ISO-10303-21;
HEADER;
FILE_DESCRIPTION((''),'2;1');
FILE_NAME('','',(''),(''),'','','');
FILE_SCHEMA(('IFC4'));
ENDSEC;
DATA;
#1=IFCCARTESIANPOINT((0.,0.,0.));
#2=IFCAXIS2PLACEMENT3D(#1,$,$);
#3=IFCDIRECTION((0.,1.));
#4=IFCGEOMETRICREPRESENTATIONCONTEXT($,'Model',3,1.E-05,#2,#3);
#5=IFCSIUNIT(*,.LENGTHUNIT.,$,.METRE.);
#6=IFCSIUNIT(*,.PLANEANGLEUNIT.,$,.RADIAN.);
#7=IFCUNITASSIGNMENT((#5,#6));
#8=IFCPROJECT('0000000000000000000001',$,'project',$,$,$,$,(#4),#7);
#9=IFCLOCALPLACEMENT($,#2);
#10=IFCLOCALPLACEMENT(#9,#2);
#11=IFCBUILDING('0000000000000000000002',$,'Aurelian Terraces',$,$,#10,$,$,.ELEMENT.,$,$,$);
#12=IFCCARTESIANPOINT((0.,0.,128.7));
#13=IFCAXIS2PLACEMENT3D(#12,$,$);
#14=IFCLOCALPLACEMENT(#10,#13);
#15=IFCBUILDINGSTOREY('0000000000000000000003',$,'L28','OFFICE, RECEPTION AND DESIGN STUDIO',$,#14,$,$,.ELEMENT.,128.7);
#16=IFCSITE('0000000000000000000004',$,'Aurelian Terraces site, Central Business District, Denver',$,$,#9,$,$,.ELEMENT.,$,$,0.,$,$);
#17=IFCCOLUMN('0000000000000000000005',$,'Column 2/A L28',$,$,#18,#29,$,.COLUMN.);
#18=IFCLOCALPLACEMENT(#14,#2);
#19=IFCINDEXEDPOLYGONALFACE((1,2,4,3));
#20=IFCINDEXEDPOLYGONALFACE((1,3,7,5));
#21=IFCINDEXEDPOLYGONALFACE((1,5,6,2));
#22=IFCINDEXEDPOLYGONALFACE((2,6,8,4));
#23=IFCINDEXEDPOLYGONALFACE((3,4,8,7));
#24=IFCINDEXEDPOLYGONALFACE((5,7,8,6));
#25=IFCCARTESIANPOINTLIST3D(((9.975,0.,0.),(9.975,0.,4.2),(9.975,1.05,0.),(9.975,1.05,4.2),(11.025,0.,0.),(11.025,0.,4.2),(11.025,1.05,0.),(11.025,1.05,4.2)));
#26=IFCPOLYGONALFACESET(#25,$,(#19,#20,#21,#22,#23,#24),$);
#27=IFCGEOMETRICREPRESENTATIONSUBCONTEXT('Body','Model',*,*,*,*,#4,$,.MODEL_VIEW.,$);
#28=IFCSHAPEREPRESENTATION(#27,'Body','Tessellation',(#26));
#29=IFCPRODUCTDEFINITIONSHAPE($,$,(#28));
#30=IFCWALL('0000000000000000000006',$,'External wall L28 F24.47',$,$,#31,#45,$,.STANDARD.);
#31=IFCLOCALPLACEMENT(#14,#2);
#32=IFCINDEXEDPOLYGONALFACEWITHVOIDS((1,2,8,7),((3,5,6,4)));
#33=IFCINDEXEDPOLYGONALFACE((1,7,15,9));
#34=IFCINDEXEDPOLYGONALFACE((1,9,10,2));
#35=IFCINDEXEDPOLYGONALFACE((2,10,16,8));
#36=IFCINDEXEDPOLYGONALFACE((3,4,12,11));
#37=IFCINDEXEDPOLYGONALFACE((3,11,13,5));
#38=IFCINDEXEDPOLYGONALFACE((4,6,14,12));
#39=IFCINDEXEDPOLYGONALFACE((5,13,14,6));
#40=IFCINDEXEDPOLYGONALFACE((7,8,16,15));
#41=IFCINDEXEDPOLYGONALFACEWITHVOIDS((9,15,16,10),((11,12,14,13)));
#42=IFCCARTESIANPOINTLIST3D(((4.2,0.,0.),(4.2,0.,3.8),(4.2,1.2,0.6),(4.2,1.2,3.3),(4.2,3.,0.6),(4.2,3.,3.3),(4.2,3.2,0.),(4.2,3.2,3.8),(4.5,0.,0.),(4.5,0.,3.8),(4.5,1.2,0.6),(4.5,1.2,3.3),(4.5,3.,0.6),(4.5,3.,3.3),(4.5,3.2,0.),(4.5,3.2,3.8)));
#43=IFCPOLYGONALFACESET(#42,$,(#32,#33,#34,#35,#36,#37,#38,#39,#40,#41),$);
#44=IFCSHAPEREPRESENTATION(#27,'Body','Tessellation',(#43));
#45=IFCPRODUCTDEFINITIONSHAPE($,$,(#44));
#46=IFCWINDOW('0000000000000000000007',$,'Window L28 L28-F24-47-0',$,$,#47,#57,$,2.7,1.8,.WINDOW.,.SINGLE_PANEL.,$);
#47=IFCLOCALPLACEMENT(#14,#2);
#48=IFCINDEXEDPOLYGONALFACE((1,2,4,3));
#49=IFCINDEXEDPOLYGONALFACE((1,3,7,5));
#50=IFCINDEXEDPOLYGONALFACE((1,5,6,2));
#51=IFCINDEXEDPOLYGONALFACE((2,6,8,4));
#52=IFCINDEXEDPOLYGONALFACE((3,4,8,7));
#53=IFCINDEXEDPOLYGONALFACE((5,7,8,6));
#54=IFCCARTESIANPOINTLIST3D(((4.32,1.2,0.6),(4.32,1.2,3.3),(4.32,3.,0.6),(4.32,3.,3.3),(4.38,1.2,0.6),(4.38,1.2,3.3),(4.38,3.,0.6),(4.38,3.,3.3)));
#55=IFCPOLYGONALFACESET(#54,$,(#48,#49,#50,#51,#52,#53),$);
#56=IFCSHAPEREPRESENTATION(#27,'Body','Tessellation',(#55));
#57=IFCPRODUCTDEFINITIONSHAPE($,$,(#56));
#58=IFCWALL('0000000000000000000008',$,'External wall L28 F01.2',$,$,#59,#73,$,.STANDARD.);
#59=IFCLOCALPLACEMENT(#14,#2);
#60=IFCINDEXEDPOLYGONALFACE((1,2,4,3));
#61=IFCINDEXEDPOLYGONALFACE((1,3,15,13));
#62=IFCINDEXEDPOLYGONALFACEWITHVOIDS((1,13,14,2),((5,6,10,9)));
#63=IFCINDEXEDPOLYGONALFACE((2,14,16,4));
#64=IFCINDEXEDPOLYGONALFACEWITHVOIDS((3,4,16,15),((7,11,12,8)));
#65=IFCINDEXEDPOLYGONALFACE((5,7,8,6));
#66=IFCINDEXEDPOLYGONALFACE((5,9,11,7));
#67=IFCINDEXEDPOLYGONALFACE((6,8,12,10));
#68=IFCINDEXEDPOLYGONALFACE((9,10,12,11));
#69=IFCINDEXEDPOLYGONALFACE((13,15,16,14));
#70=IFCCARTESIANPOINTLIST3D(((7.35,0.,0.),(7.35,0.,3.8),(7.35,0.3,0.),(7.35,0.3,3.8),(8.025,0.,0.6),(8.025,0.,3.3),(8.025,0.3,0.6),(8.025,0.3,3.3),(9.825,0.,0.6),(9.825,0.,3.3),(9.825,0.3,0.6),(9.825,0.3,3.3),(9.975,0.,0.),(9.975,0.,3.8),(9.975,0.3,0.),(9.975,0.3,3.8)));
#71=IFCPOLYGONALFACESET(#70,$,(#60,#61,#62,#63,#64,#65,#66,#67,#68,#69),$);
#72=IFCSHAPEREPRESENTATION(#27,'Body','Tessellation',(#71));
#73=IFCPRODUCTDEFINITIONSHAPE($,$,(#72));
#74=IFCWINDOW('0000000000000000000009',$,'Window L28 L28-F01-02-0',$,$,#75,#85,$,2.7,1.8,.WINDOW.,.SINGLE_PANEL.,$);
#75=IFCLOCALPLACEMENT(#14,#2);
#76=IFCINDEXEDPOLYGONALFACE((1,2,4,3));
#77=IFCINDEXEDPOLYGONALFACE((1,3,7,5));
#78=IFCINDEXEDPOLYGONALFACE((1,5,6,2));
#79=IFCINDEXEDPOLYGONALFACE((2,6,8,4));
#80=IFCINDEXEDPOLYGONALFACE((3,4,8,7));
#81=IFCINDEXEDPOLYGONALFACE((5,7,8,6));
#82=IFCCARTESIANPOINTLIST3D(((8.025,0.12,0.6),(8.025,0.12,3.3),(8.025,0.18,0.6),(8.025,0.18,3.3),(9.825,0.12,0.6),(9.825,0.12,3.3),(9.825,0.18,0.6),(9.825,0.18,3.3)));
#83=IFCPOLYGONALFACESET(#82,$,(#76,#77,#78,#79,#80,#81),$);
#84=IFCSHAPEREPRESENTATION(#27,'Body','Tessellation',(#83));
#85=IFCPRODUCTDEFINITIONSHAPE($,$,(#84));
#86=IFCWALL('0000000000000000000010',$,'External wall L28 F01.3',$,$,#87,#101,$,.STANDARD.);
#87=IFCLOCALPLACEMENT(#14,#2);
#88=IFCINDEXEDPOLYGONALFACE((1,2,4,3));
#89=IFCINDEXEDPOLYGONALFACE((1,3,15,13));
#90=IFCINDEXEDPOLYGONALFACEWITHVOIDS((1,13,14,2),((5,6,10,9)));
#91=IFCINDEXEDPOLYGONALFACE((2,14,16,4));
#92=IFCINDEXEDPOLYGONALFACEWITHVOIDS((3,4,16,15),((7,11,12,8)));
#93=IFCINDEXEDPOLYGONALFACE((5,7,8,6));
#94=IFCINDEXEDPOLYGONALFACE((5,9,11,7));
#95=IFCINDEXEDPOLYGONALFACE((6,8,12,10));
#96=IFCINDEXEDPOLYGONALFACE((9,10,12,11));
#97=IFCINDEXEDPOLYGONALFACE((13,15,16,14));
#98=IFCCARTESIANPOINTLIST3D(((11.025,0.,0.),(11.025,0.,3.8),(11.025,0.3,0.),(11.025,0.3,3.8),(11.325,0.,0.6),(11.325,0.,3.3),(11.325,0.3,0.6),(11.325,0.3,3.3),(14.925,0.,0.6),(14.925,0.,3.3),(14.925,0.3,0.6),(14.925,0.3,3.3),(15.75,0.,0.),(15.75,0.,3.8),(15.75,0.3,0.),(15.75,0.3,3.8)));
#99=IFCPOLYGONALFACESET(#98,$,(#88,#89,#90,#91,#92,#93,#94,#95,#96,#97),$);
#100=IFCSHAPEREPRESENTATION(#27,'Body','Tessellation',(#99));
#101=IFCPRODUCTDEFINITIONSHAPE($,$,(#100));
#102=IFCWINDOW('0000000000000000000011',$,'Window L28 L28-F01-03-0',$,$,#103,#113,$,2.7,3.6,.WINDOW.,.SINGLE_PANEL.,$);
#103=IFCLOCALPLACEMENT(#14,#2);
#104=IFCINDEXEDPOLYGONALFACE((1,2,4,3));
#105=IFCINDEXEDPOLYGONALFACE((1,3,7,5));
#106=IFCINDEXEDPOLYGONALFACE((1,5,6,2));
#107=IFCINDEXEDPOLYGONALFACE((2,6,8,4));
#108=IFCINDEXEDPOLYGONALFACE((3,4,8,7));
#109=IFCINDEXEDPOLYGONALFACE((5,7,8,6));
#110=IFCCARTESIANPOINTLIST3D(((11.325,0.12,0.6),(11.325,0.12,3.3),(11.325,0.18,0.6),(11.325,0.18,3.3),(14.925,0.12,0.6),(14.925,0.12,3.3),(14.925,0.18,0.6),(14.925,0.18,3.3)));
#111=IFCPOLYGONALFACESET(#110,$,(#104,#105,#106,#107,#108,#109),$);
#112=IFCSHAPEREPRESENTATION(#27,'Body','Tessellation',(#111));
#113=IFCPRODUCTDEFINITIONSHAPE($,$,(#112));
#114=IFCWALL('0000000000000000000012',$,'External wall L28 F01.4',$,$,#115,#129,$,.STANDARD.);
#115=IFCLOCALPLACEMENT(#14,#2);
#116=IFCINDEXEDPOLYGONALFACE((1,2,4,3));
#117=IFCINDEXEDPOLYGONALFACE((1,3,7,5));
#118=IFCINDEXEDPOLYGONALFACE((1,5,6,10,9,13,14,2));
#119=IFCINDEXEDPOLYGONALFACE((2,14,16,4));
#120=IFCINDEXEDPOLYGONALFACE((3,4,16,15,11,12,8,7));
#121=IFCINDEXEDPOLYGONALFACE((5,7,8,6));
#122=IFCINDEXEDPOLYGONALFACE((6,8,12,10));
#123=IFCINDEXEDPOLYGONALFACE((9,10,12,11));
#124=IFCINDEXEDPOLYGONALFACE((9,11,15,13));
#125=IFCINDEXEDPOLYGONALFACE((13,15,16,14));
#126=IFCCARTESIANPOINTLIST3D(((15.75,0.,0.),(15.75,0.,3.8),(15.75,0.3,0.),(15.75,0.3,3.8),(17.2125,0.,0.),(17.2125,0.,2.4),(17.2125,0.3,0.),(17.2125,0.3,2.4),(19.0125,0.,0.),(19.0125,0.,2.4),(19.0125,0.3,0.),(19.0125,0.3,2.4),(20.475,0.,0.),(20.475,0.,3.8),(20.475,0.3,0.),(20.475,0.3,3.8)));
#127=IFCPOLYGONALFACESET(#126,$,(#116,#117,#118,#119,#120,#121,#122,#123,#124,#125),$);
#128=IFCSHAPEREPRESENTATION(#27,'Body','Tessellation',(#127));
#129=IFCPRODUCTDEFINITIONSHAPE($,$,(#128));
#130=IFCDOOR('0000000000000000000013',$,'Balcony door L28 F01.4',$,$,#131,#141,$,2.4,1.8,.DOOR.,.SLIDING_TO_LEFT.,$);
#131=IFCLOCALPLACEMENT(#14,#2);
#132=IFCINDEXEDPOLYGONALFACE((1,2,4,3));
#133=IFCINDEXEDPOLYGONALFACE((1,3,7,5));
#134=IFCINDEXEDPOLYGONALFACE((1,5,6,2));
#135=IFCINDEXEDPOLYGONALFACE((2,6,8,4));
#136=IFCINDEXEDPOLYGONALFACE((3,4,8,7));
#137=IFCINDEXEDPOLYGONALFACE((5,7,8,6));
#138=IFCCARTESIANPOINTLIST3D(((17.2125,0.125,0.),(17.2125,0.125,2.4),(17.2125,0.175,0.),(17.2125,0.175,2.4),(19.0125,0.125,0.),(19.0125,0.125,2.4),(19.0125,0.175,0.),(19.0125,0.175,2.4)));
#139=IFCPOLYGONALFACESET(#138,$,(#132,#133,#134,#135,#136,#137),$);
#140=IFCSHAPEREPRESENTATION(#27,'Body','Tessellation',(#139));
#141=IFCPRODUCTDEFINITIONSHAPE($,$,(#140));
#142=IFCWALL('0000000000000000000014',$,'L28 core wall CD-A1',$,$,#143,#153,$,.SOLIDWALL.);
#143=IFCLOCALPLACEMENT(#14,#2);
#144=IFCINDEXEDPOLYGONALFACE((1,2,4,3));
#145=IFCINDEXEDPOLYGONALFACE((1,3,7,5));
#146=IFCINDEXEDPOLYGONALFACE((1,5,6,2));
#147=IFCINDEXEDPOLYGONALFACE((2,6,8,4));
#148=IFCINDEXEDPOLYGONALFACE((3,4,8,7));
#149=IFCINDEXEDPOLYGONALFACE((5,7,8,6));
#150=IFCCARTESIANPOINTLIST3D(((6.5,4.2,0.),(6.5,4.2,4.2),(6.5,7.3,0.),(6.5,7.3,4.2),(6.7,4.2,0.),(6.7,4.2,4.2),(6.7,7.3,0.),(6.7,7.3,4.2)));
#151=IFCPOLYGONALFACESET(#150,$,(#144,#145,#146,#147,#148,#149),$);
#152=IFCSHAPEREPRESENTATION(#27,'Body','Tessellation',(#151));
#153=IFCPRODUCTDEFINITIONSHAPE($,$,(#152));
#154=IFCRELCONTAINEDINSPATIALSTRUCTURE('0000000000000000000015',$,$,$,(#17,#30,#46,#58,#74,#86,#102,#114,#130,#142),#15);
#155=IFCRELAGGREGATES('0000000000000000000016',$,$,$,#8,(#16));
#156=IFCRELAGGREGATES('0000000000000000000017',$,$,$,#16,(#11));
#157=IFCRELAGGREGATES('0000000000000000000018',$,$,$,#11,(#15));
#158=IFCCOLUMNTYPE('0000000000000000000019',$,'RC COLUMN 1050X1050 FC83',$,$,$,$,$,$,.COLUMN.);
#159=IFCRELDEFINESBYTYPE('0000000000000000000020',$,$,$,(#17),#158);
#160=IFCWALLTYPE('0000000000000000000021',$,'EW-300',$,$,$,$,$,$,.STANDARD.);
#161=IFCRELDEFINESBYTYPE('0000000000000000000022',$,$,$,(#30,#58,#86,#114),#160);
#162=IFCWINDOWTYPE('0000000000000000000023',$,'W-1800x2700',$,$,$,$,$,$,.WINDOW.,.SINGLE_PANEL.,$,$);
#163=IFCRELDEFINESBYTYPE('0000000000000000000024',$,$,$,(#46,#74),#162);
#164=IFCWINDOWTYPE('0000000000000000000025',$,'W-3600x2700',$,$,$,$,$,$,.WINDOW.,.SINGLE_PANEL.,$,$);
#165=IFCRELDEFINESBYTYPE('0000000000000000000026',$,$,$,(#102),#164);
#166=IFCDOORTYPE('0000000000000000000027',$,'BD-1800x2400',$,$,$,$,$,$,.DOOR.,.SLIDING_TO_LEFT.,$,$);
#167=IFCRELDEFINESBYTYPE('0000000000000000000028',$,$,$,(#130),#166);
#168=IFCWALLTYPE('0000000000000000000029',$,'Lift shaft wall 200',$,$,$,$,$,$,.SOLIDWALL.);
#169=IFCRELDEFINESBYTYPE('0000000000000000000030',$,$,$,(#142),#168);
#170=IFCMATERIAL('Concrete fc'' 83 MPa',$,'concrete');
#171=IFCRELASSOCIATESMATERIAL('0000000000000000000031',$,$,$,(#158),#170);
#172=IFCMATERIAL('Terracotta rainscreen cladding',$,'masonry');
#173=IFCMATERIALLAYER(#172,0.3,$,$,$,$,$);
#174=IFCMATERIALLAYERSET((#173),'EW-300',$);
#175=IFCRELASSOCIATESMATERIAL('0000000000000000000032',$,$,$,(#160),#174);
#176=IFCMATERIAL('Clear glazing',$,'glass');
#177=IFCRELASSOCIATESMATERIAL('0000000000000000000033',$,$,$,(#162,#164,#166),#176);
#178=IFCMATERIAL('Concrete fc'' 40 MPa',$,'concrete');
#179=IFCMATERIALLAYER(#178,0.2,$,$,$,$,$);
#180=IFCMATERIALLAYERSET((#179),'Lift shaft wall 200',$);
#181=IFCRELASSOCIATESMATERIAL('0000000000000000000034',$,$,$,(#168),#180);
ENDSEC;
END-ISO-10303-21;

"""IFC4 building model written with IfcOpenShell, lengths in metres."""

from ifc_helpers import new_model, si_unit, direction, frame, frame_2d, origin, origin_2d, place, context, subcontext, project, spatial, rectangle, extrude, source, transform, mapped, material, layer, layer_set, material_profile, profile_set, type_object, element, fill, save


model = new_model("IFC4")

# Units and contexts
model_context = context("Model", 3, precision=1e-05, world=origin(), true_north=direction((0.0, 1.0)))
body_context = subcontext(model_context, "Body", "Model", "MODEL_VIEW")
ifc_project = project(units=[si_unit("LENGTHUNIT", "METRE"), si_unit("PLANEANGLEUNIT", "RADIAN")], contexts=[model_context])

# Site, building, storey
site_placement = place(None, origin())
site = spatial("IfcSite", under=ifc_project, at=site_placement, Name="Aurelian Terraces site, Central Business District, Denver", CompositionType="ELEMENT", RefElevation=0.0)
building_placement = place(site_placement, origin())
building = spatial("IfcBuilding", under=site, at=building_placement, Name="Aurelian Terraces", CompositionType="ELEMENT")
storey_placement = place(building_placement, frame((0.0, 0.0, 128.7)))
storey = spatial("IfcBuildingStorey", under=building, at=storey_placement, Name="L28", Description="OFFICE, RECEPTION AND DESIGN STUDIO", CompositionType="ELEMENT", Elevation=128.7)

# Column
ifc_material_1 = material(Name="Concrete fc' 83 MPa", Category="concrete")
ifc_material_profile = material_profile(ifc_material_1, rectangle(XDim=1.05, YDim=1.05, at=origin_2d()))
ifc_profile_set = profile_set([ifc_material_profile], Name="Concrete fc' 83 MPa")
column_type = type_object("IfcColumnType", Name="RC COLUMN 1050X1050 FC83", PredefinedType="COLUMN", material=ifc_profile_set)
shared_shape_1 = source(origin(), body_context, "Body", "SweptSolid", [
    extrude(rectangle(XDim=1.05, YDim=1.05, at=origin_2d()), origin(), (0.0, 0.0, 1.0), 4.2),
])
column_placement = place(storey_placement, frame((10.5, 0.525, 0.0), z_axis=(0.0, 0.0, 1.0), x_axis=(1.0, 0.0, 0.0)))
element("IfcColumn", 1, at=column_placement, inside=storey, type_object=column_type, Name="Column 2/A L28", PredefinedType="COLUMN", context=body_context, shape_type="MappedRepresentation", body=[
    mapped(shared_shape_1, transform((0.0, 0.0, 0.0), scale=1.0)),
])

# Walls, openings, windows
ifc_material_2 = material(Name="Terracotta rainscreen cladding", Category="masonry")
ifc_layer_1 = layer(ifc_material_2, 0.3)
ifc_layer_set_1 = layer_set([ifc_layer_1], Name="EW-300")
wall_type_1 = type_object("IfcWallType", Name="EW-300", PredefinedType="STANDARD", material=ifc_layer_set_1)
shared_shape_2 = source(origin(), body_context, "Body", "SweptSolid", [
    extrude(rectangle(XDim=3.2, YDim=0.3, at=frame_2d((1.6, 0.0))), origin(), (0.0, 0.0, 1.0), 3.8),
])
wall_1_placement = place(storey_placement, frame((4.35, 3.2, 0.0), z_axis=(0.0, 0.0, 1.0), x_axis=(0.0, -1.0, 0.0)))
wall_1 = element("IfcWall", 2, at=wall_1_placement, inside=storey, type_object=wall_type_1, Name="External wall L28 F24.47", PredefinedType="STANDARD", context=body_context, shape_type="MappedRepresentation", body=[
    mapped(shared_shape_2, transform((0.0, 0.0, 0.0), scale=1.0)),
])
shared_shape_3 = source(origin(), body_context, "Body", "SweptSolid", [
    extrude(rectangle(XDim=1.8, YDim=2.7, at=frame_2d((0.9, 1.35))), frame((0.0, 0.16, 0.0), z_axis=(0.0, -1.0, 0.0), x_axis=(1.0, 0.0, 0.0)), (0.0, 0.0, 1.0), 0.32),
])
opening_1_placement = place(wall_1_placement, frame((0.2, 0.0, 0.6)))
opening_1 = element("IfcOpeningElement", 3, at=opening_1_placement, cuts=wall_1, PredefinedType="OPENING", context=body_context, shape_type="MappedRepresentation", body=[
    mapped(shared_shape_3, transform((0.0, 0.0, 0.0), scale=1.0)),
])
ifc_material_3 = material(Name="Clear glazing", Category="glass")
window_type_1 = type_object("IfcWindowType", Name="W-1800x2700", PartitioningType="SINGLE_PANEL", PredefinedType="WINDOW", material=ifc_material_3)
shared_shape_4 = source(origin(), body_context, "Body", "SweptSolid", [
    extrude(rectangle(XDim=1.8, YDim=2.7, at=frame_2d((0.9, 1.35))), frame((0.0, 0.03, 0.0), z_axis=(0.0, -1.0, 0.0), x_axis=(1.0, 0.0, 0.0)), (0.0, 0.0, 1.0), 0.06),
])
window_1_placement = place(opening_1_placement, origin())
window_1 = element("IfcWindow", 4, at=window_1_placement, inside=storey, type_object=window_type_1, Name="Window L28 L28-F24-47-0", OverallHeight=2.7, OverallWidth=1.8, PartitioningType="SINGLE_PANEL", PredefinedType="WINDOW", context=body_context, shape_type="MappedRepresentation", body=[
    mapped(shared_shape_4, transform((0.0, 0.0, 0.0), scale=1.0)),
])
fill(opening_1, window_1)
shared_shape_5 = source(origin(), body_context, "Body", "SweptSolid", [
    extrude(rectangle(XDim=2.625, YDim=0.3, at=frame_2d((1.3125, 0.0))), origin(), (0.0, 0.0, 1.0), 3.8),
])
wall_2_placement = place(storey_placement, frame((7.35, 0.15, 0.0), z_axis=(0.0, 0.0, 1.0), x_axis=(1.0, 0.0, 0.0)))
wall_2 = element("IfcWall", 5, at=wall_2_placement, inside=storey, type_object=wall_type_1, Name="External wall L28 F01.2", PredefinedType="STANDARD", context=body_context, shape_type="MappedRepresentation", body=[
    mapped(shared_shape_5, transform((0.0, 0.0, 0.0), scale=1.0)),
])
opening_2_placement = place(wall_2_placement, frame((0.675, 0.0, 0.6)))
opening_2 = element("IfcOpeningElement", 6, at=opening_2_placement, cuts=wall_2, PredefinedType="OPENING", context=body_context, shape_type="MappedRepresentation", body=[
    mapped(shared_shape_3, transform((0.0, 0.0, 0.0), scale=1.0)),
])
window_2_placement = place(opening_2_placement, origin())
window_2 = element("IfcWindow", 7, at=window_2_placement, inside=storey, type_object=window_type_1, Name="Window L28 L28-F01-02-0", OverallHeight=2.7, OverallWidth=1.8, PartitioningType="SINGLE_PANEL", PredefinedType="WINDOW", context=body_context, shape_type="MappedRepresentation", body=[
    mapped(shared_shape_4, transform((0.0, 0.0, 0.0), scale=1.0)),
])
fill(opening_2, window_2)
shared_shape_6 = source(origin(), body_context, "Body", "SweptSolid", [
    extrude(rectangle(XDim=4.725, YDim=0.3, at=frame_2d((2.3625, 0.0))), origin(), (0.0, 0.0, 1.0), 3.8),
])
wall_3_placement = place(storey_placement, frame((11.025, 0.15, 0.0), z_axis=(0.0, 0.0, 1.0), x_axis=(1.0, 0.0, 0.0)))
wall_3 = element("IfcWall", 8, at=wall_3_placement, inside=storey, type_object=wall_type_1, Name="External wall L28 F01.3", PredefinedType="STANDARD", context=body_context, shape_type="MappedRepresentation", body=[
    mapped(shared_shape_6, transform((0.0, 0.0, 0.0), scale=1.0)),
])
shared_shape_7 = source(origin(), body_context, "Body", "SweptSolid", [
    extrude(rectangle(XDim=3.6, YDim=2.7, at=frame_2d((1.8, 1.35))), frame((0.0, 0.16, 0.0), z_axis=(0.0, -1.0, 0.0), x_axis=(1.0, 0.0, 0.0)), (0.0, 0.0, 1.0), 0.32),
])
opening_3_placement = place(wall_3_placement, frame((0.3, 0.0, 0.6)))
opening_3 = element("IfcOpeningElement", 9, at=opening_3_placement, cuts=wall_3, PredefinedType="OPENING", context=body_context, shape_type="MappedRepresentation", body=[
    mapped(shared_shape_7, transform((0.0, 0.0, 0.0), scale=1.0)),
])
window_type_2 = type_object("IfcWindowType", Name="W-3600x2700", PartitioningType="SINGLE_PANEL", PredefinedType="WINDOW", material=ifc_material_3)
shared_shape_8 = source(origin(), body_context, "Body", "SweptSolid", [
    extrude(rectangle(XDim=3.6, YDim=2.7, at=frame_2d((1.8, 1.35))), frame((0.0, 0.03, 0.0), z_axis=(0.0, -1.0, 0.0), x_axis=(1.0, 0.0, 0.0)), (0.0, 0.0, 1.0), 0.06),
])
window_3_placement = place(opening_3_placement, origin())
window_3 = element("IfcWindow", 10, at=window_3_placement, inside=storey, type_object=window_type_2, Name="Window L28 L28-F01-03-0", OverallHeight=2.7, OverallWidth=3.6, PartitioningType="SINGLE_PANEL", PredefinedType="WINDOW", context=body_context, shape_type="MappedRepresentation", body=[
    mapped(shared_shape_8, transform((0.0, 0.0, 0.0), scale=1.0)),
])
fill(opening_3, window_3)

# Wall, opening, door
wall_4_placement = place(storey_placement, frame((15.75, 0.15, 0.0), z_axis=(0.0, 0.0, 1.0), x_axis=(1.0, 0.0, 0.0)))
wall_4 = element("IfcWall", 11, at=wall_4_placement, inside=storey, type_object=wall_type_1, Name="External wall L28 F01.4", PredefinedType="STANDARD", context=body_context, shape_type="MappedRepresentation", body=[
    mapped(shared_shape_6, transform((0.0, 0.0, 0.0), scale=1.0)),
])
shared_shape_9 = source(origin(), body_context, "Body", "SweptSolid", [
    extrude(rectangle(XDim=1.8, YDim=2.4, at=frame_2d((0.9, 1.2))), frame((0.0, 0.16, 0.0), z_axis=(0.0, -1.0, 0.0), x_axis=(1.0, 0.0, 0.0)), (0.0, 0.0, 1.0), 0.32),
])
opening_4_placement = place(wall_4_placement, frame((1.4625, 0.0, 0.0)))
opening_4 = element("IfcOpeningElement", 12, at=opening_4_placement, cuts=wall_4, PredefinedType="OPENING", context=body_context, shape_type="MappedRepresentation", body=[
    mapped(shared_shape_9, transform((0.0, 0.0, 0.0), scale=1.0)),
])
door_type = type_object("IfcDoorType", Name="BD-1800x2400", OperationType="SLIDING_TO_LEFT", PredefinedType="DOOR", material=ifc_material_3)
shared_shape_10 = source(origin(), body_context, "Body", "SweptSolid", [
    extrude(rectangle(XDim=1.8, YDim=2.4, at=frame_2d((0.9, 1.2))), frame((0.0, 0.025, 0.0), z_axis=(0.0, -1.0, 0.0), x_axis=(1.0, 0.0, 0.0)), (0.0, 0.0, 1.0), 0.05),
])
door_placement = place(opening_4_placement, origin())
door = element("IfcDoor", 13, at=door_placement, inside=storey, type_object=door_type, Name="Balcony door L28 F01.4", OperationType="SLIDING_TO_LEFT", OverallHeight=2.4, OverallWidth=1.8, PredefinedType="DOOR", context=body_context, shape_type="MappedRepresentation", body=[
    mapped(shared_shape_10, transform((0.0, 0.0, 0.0), scale=1.0)),
])
fill(opening_4, door)

# Wall
ifc_material_4 = material(Name="Concrete fc' 40 MPa", Category="concrete")
ifc_layer_2 = layer(ifc_material_4, 0.2)
ifc_layer_set_2 = layer_set([ifc_layer_2], Name="Lift shaft wall 200")
wall_type_2 = type_object("IfcWallType", Name="Lift shaft wall 200", PredefinedType="SOLIDWALL", material=ifc_layer_set_2)
shared_shape_11 = source(origin(), body_context, "Body", "SweptSolid", [
    extrude(rectangle(XDim=3.1, YDim=0.2, at=frame_2d((1.55, 0.0))), origin(), (0.0, 0.0, 1.0), 4.2),
])
for number, where, z_axis, x_axis, name in (
    (14, (6.6, 4.2, 0.0), (0.0, 0.0, 1.0), (0.0, 1.0, 0.0), "L28 core wall CD-A1"),
):
    element("IfcWall", number, at=place(storey_placement, frame(where, z_axis=z_axis, x_axis=x_axis)), inside=storey, type_object=wall_type_2, Name=name, PredefinedType="SOLIDWALL", context=body_context, shape_type="MappedRepresentation", body=[
        mapped(shared_shape_11, transform((0.0, 0.0, 0.0), scale=1.0)),
    ])

save(model, "model.ifc")
